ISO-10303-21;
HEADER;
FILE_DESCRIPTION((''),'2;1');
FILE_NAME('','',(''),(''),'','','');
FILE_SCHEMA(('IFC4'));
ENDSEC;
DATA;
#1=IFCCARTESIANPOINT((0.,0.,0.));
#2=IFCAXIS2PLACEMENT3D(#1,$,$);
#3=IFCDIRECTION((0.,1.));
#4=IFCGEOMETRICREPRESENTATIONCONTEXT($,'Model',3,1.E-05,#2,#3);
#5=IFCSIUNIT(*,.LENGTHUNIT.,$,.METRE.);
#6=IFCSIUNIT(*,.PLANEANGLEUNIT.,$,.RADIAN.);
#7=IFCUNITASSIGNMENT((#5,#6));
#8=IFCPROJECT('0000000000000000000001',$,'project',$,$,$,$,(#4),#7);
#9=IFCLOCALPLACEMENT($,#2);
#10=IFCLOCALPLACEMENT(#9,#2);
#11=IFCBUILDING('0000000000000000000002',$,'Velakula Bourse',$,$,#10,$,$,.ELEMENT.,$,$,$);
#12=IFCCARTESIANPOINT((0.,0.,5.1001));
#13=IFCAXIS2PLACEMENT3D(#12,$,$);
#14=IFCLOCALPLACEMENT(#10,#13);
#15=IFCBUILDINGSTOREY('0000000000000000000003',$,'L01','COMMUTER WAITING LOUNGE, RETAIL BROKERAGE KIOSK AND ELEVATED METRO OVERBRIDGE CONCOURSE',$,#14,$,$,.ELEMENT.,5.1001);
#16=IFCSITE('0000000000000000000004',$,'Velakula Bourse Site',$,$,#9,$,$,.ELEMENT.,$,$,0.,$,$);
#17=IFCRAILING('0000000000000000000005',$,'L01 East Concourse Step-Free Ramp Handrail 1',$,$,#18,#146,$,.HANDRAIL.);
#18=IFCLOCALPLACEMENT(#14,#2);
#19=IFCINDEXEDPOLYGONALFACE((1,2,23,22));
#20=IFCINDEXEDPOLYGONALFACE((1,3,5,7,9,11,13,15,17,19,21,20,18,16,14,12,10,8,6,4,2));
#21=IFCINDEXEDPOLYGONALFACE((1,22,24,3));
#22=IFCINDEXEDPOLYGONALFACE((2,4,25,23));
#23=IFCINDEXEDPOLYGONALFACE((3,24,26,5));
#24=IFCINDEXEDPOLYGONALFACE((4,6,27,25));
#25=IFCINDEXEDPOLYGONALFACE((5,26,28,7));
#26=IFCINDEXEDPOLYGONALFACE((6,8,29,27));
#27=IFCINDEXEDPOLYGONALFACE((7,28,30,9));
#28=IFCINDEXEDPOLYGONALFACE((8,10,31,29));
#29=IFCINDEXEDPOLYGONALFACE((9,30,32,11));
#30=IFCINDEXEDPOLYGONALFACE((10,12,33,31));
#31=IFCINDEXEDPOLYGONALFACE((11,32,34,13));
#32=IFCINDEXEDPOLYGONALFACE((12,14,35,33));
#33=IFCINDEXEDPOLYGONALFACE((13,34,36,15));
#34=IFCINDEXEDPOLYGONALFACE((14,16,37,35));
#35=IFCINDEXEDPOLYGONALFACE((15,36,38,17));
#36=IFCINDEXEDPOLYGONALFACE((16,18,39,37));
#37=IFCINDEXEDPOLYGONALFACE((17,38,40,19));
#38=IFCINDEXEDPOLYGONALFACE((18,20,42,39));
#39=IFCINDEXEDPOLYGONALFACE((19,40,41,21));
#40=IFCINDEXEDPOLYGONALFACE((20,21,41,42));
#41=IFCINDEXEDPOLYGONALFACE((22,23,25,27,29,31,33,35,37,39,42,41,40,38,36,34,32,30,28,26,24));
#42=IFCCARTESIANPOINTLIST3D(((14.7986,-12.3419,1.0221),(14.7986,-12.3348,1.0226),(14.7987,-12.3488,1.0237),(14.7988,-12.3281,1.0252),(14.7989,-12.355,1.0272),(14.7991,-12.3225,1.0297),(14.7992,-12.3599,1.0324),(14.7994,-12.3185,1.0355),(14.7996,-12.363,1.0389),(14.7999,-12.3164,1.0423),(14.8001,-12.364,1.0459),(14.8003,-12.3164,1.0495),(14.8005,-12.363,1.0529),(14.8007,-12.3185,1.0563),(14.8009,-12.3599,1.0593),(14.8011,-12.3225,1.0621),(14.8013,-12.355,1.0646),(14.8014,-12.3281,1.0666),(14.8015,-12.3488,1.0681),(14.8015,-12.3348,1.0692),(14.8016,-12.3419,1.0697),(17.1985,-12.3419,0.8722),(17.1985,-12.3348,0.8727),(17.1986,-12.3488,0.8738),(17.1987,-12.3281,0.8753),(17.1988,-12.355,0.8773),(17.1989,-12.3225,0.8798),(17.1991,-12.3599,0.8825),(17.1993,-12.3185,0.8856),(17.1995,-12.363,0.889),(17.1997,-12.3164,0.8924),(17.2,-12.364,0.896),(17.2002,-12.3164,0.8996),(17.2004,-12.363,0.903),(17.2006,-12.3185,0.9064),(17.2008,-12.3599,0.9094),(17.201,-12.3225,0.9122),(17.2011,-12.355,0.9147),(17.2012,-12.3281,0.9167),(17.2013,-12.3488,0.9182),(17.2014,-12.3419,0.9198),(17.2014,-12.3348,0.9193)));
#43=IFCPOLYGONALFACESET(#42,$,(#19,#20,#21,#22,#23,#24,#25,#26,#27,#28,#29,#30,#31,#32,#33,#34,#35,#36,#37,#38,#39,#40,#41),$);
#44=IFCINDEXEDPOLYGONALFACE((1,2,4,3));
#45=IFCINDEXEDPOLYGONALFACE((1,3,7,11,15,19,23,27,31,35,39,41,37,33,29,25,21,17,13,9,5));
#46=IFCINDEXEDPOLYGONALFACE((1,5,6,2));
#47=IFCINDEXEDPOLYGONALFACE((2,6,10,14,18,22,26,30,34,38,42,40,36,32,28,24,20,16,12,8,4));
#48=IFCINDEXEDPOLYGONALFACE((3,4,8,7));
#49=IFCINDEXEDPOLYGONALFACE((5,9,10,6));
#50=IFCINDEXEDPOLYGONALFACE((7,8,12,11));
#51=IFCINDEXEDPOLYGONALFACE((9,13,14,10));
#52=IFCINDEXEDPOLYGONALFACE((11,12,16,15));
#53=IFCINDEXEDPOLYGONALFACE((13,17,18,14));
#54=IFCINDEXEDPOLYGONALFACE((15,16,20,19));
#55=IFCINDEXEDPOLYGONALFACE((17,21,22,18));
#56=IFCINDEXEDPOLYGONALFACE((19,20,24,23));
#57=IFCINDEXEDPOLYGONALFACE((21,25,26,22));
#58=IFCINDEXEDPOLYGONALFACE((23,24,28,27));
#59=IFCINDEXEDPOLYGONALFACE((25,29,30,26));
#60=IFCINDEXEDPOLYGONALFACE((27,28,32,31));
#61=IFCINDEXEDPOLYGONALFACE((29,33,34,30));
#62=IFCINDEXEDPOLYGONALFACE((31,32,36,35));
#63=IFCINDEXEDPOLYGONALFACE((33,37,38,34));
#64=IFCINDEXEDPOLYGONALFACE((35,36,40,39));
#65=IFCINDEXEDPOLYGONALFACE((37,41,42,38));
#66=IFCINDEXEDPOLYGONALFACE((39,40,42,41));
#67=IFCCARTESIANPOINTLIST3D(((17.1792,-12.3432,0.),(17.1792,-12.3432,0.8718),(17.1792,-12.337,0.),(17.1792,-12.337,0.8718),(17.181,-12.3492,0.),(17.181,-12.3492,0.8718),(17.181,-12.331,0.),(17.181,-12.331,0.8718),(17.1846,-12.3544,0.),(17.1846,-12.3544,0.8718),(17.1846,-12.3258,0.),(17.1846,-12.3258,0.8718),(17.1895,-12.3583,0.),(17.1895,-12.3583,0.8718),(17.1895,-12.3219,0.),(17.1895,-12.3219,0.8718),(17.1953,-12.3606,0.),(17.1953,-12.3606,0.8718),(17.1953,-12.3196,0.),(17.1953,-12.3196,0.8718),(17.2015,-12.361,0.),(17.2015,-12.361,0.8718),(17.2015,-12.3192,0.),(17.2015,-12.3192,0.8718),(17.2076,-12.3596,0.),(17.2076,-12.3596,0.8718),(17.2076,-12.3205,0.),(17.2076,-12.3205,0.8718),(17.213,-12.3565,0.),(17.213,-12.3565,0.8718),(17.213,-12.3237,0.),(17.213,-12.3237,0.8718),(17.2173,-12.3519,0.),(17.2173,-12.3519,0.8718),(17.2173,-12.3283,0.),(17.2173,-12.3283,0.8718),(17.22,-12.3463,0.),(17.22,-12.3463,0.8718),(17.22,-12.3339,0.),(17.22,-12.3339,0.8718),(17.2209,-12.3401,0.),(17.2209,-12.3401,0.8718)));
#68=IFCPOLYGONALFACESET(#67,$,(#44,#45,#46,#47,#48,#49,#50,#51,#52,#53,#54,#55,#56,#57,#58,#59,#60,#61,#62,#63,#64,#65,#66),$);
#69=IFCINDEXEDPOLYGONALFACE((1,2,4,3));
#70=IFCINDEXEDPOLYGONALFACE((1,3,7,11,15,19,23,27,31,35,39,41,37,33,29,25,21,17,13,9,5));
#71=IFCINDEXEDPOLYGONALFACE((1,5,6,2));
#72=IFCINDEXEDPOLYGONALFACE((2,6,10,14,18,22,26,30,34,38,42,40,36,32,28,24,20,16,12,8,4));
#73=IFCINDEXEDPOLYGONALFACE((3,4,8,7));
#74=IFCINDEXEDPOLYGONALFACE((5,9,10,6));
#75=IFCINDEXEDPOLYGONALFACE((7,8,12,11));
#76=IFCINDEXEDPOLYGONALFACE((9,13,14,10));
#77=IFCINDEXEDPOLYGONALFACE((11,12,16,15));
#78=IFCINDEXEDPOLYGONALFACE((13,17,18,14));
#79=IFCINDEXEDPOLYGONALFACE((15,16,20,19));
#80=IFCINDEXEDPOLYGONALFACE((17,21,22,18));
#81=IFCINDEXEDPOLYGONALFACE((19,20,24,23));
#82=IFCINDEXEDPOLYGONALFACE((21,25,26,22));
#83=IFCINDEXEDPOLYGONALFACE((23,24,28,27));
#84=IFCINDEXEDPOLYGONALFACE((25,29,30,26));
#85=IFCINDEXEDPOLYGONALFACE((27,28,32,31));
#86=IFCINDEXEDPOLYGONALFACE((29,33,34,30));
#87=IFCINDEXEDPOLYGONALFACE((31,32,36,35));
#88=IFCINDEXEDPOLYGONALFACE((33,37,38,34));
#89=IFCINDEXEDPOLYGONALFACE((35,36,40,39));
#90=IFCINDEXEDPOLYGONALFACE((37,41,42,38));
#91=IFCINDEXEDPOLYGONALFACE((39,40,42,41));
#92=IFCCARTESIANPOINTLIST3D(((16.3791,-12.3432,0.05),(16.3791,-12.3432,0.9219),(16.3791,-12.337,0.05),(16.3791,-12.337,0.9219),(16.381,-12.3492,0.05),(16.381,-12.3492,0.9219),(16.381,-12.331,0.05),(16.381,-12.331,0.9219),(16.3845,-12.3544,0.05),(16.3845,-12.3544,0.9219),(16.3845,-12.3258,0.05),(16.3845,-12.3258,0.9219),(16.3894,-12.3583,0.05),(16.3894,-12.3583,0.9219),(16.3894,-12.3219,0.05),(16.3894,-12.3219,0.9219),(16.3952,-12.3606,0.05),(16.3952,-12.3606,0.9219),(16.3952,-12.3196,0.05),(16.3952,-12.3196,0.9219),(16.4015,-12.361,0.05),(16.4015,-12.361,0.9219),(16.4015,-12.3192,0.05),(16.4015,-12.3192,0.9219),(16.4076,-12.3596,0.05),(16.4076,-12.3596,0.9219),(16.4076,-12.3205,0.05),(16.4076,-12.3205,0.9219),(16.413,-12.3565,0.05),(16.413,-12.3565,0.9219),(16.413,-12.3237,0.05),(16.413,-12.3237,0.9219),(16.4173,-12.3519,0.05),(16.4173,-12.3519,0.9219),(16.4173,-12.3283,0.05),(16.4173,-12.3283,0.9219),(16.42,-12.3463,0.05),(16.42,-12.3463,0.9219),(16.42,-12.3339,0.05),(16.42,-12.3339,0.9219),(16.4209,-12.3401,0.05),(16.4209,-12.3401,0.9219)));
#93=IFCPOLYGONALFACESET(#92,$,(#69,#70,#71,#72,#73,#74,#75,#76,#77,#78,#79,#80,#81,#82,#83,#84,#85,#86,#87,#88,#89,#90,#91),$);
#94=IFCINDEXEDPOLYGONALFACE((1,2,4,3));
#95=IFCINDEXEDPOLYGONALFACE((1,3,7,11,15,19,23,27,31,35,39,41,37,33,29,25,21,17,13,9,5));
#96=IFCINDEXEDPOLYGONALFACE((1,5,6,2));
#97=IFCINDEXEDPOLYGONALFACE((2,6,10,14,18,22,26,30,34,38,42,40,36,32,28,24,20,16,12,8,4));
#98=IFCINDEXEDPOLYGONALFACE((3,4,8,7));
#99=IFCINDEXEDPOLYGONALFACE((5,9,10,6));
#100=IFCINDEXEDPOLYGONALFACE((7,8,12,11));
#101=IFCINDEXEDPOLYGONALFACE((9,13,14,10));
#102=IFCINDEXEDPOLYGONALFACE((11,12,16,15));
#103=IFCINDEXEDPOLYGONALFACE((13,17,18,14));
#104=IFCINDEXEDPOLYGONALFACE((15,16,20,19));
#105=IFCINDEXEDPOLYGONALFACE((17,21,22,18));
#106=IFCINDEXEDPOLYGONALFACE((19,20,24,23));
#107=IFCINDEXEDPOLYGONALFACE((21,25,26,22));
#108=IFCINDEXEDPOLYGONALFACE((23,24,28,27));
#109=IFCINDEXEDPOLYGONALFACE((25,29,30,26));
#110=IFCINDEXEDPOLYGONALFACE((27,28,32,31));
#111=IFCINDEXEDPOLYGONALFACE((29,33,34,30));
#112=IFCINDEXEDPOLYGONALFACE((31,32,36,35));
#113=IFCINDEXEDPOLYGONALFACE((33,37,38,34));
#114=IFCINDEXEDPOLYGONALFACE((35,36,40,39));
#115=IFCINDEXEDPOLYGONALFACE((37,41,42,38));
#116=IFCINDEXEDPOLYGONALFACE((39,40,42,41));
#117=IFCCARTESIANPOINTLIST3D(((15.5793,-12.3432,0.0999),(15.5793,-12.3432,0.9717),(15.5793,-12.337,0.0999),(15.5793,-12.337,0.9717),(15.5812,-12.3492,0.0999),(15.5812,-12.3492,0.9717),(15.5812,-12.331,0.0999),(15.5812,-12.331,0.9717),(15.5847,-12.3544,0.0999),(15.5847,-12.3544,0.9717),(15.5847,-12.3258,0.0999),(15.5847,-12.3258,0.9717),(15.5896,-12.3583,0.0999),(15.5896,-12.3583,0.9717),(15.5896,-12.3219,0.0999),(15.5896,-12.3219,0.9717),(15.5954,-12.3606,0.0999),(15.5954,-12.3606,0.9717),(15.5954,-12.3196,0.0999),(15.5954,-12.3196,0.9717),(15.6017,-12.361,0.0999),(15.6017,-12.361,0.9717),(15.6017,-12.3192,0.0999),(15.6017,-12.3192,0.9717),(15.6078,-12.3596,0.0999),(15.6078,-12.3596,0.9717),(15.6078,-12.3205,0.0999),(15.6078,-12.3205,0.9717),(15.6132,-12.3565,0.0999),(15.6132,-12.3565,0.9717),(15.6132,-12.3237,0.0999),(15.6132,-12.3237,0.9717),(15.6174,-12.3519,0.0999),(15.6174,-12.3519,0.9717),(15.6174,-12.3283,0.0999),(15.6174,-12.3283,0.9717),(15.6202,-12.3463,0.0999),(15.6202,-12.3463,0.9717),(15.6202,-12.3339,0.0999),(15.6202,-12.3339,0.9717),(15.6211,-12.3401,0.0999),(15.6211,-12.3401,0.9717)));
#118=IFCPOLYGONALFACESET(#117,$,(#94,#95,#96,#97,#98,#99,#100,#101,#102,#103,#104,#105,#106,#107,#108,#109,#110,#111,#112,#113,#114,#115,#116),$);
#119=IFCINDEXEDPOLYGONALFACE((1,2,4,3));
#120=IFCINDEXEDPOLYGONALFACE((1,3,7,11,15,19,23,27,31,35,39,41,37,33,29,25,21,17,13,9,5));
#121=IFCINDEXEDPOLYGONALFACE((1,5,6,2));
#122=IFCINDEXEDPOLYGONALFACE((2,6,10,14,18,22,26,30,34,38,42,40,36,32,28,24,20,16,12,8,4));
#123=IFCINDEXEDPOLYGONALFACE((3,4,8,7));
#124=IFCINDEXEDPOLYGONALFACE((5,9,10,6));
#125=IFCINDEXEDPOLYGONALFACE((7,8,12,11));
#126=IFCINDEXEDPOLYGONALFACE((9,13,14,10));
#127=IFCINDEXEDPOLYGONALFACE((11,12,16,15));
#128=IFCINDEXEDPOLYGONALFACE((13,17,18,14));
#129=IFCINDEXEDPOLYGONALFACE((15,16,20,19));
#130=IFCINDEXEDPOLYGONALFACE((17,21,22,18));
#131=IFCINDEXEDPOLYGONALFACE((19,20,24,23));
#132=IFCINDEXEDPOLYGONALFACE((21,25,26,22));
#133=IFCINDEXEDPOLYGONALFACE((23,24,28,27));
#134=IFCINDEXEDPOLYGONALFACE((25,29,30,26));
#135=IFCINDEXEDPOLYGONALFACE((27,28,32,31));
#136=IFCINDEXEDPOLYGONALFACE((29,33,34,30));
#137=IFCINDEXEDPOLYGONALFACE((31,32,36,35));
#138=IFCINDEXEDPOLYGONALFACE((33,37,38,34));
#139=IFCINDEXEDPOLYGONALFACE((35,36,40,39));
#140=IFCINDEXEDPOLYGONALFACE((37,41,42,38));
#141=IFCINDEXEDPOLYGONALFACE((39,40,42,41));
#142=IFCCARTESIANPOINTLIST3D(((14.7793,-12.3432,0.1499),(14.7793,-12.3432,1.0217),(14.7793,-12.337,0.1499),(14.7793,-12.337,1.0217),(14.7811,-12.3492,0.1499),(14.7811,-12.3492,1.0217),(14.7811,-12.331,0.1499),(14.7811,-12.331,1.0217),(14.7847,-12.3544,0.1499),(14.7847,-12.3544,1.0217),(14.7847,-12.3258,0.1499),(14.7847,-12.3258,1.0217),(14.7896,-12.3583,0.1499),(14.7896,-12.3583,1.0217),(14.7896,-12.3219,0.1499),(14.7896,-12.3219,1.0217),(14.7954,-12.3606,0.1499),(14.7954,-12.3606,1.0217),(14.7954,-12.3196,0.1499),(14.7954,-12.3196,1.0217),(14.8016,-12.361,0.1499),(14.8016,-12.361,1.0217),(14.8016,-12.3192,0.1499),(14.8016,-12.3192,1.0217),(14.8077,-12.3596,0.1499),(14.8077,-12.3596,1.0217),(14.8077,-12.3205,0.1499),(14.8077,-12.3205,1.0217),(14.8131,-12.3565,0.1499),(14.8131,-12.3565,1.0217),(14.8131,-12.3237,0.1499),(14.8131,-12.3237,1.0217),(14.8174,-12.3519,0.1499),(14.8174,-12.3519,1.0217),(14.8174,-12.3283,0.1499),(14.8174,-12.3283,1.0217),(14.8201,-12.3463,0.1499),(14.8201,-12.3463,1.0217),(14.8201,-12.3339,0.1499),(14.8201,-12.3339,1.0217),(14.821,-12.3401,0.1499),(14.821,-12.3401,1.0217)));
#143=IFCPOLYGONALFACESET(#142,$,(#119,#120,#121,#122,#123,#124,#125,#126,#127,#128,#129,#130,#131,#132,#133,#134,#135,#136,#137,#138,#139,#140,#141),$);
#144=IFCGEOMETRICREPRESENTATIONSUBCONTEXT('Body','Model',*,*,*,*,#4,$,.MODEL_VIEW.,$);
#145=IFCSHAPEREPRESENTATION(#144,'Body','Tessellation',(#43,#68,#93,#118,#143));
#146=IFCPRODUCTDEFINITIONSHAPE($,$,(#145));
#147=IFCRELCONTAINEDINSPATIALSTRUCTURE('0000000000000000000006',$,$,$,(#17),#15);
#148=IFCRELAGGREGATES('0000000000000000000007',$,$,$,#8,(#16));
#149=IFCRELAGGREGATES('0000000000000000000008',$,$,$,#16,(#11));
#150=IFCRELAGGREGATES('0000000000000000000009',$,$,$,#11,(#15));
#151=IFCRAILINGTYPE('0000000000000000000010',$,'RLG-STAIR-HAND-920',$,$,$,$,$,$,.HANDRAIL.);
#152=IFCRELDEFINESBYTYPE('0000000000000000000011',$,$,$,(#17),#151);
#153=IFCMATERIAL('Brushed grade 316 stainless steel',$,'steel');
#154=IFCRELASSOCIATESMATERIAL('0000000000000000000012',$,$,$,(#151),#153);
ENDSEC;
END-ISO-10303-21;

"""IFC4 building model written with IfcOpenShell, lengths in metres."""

from ifc_helpers import new_model, si_unit, direction, frame, origin, origin_2d, place, context, subcontext, project, spatial, circle, extrude, material, type_object, element, save


model = new_model("IFC4")

# Units and contexts
model_context = context("Model", 3, precision=1e-05, world=origin(), true_north=direction((0.0, 1.0)))
body_context = subcontext(model_context, "Body", "Model", "MODEL_VIEW")
ifc_project = project(units=[si_unit("LENGTHUNIT", "METRE"), si_unit("PLANEANGLEUNIT", "RADIAN")], contexts=[model_context])

# Site, building, storey
site_placement = place(None, origin())
site = spatial("IfcSite", under=ifc_project, at=site_placement, Name="Velakula Bourse Site", CompositionType="ELEMENT", RefElevation=0.0)
building_placement = place(site_placement, origin())
building = spatial("IfcBuilding", under=site, at=building_placement, Name="Velakula Bourse", CompositionType="ELEMENT")
storey_placement = place(building_placement, frame((0.0, 0.0, 5.1001)))
storey = spatial("IfcBuildingStorey", under=building, at=storey_placement, Name="L01", Description="COMMUTER WAITING LOUNGE, RETAIL BROKERAGE KIOSK AND ELEVATED METRO OVERBRIDGE CONCOURSE", CompositionType="ELEMENT", Elevation=5.1001)

# Railing
ifc_material_1 = material(Name="Brushed grade 316 stainless steel", Category="steel")
railing_type = type_object("IfcRailingType", Name="RLG-STAIR-HAND-920", PredefinedType="HANDRAIL", material=ifc_material_1)
railing_placement = place(storey_placement, frame((17.2, -12.3401, 0.0)))
element("IfcRailing", 1, at=railing_placement, inside=storey, type_object=railing_type, Name="L01 East Concourse Step-Free Ramp Handrail 1", PredefinedType="HANDRAIL", context=body_context, shape_type="SweptSolid", body=[
    extrude(circle(Radius=0.0239, at=origin_2d()), frame((0.0, 0.0, 0.896), z_axis=(-0.998055, 0.0, 0.06234), x_axis=(0.0, -1.0, 0.0)), (0.0, 0.0, 1.0), 2.4045),
    extrude(circle(Radius=0.021, at=origin_2d()), origin(), (0.0, 0.0, 1.0), 0.8718),
    extrude(circle(Radius=0.021, at=origin_2d()), frame((-0.8, 0.0, 0.05)), (0.0, 0.0, 1.0), 0.8718),
    extrude(circle(Radius=0.021, at=origin_2d()), frame((-1.5999, 0.0, 0.0999)), (0.0, 0.0, 1.0), 0.8718),
    extrude(circle(Radius=0.021, at=origin_2d()), frame((-2.3999, 0.0, 0.1499)), (0.0, 0.0, 1.0), 0.8718),
])

save(model, "model.ifc")
